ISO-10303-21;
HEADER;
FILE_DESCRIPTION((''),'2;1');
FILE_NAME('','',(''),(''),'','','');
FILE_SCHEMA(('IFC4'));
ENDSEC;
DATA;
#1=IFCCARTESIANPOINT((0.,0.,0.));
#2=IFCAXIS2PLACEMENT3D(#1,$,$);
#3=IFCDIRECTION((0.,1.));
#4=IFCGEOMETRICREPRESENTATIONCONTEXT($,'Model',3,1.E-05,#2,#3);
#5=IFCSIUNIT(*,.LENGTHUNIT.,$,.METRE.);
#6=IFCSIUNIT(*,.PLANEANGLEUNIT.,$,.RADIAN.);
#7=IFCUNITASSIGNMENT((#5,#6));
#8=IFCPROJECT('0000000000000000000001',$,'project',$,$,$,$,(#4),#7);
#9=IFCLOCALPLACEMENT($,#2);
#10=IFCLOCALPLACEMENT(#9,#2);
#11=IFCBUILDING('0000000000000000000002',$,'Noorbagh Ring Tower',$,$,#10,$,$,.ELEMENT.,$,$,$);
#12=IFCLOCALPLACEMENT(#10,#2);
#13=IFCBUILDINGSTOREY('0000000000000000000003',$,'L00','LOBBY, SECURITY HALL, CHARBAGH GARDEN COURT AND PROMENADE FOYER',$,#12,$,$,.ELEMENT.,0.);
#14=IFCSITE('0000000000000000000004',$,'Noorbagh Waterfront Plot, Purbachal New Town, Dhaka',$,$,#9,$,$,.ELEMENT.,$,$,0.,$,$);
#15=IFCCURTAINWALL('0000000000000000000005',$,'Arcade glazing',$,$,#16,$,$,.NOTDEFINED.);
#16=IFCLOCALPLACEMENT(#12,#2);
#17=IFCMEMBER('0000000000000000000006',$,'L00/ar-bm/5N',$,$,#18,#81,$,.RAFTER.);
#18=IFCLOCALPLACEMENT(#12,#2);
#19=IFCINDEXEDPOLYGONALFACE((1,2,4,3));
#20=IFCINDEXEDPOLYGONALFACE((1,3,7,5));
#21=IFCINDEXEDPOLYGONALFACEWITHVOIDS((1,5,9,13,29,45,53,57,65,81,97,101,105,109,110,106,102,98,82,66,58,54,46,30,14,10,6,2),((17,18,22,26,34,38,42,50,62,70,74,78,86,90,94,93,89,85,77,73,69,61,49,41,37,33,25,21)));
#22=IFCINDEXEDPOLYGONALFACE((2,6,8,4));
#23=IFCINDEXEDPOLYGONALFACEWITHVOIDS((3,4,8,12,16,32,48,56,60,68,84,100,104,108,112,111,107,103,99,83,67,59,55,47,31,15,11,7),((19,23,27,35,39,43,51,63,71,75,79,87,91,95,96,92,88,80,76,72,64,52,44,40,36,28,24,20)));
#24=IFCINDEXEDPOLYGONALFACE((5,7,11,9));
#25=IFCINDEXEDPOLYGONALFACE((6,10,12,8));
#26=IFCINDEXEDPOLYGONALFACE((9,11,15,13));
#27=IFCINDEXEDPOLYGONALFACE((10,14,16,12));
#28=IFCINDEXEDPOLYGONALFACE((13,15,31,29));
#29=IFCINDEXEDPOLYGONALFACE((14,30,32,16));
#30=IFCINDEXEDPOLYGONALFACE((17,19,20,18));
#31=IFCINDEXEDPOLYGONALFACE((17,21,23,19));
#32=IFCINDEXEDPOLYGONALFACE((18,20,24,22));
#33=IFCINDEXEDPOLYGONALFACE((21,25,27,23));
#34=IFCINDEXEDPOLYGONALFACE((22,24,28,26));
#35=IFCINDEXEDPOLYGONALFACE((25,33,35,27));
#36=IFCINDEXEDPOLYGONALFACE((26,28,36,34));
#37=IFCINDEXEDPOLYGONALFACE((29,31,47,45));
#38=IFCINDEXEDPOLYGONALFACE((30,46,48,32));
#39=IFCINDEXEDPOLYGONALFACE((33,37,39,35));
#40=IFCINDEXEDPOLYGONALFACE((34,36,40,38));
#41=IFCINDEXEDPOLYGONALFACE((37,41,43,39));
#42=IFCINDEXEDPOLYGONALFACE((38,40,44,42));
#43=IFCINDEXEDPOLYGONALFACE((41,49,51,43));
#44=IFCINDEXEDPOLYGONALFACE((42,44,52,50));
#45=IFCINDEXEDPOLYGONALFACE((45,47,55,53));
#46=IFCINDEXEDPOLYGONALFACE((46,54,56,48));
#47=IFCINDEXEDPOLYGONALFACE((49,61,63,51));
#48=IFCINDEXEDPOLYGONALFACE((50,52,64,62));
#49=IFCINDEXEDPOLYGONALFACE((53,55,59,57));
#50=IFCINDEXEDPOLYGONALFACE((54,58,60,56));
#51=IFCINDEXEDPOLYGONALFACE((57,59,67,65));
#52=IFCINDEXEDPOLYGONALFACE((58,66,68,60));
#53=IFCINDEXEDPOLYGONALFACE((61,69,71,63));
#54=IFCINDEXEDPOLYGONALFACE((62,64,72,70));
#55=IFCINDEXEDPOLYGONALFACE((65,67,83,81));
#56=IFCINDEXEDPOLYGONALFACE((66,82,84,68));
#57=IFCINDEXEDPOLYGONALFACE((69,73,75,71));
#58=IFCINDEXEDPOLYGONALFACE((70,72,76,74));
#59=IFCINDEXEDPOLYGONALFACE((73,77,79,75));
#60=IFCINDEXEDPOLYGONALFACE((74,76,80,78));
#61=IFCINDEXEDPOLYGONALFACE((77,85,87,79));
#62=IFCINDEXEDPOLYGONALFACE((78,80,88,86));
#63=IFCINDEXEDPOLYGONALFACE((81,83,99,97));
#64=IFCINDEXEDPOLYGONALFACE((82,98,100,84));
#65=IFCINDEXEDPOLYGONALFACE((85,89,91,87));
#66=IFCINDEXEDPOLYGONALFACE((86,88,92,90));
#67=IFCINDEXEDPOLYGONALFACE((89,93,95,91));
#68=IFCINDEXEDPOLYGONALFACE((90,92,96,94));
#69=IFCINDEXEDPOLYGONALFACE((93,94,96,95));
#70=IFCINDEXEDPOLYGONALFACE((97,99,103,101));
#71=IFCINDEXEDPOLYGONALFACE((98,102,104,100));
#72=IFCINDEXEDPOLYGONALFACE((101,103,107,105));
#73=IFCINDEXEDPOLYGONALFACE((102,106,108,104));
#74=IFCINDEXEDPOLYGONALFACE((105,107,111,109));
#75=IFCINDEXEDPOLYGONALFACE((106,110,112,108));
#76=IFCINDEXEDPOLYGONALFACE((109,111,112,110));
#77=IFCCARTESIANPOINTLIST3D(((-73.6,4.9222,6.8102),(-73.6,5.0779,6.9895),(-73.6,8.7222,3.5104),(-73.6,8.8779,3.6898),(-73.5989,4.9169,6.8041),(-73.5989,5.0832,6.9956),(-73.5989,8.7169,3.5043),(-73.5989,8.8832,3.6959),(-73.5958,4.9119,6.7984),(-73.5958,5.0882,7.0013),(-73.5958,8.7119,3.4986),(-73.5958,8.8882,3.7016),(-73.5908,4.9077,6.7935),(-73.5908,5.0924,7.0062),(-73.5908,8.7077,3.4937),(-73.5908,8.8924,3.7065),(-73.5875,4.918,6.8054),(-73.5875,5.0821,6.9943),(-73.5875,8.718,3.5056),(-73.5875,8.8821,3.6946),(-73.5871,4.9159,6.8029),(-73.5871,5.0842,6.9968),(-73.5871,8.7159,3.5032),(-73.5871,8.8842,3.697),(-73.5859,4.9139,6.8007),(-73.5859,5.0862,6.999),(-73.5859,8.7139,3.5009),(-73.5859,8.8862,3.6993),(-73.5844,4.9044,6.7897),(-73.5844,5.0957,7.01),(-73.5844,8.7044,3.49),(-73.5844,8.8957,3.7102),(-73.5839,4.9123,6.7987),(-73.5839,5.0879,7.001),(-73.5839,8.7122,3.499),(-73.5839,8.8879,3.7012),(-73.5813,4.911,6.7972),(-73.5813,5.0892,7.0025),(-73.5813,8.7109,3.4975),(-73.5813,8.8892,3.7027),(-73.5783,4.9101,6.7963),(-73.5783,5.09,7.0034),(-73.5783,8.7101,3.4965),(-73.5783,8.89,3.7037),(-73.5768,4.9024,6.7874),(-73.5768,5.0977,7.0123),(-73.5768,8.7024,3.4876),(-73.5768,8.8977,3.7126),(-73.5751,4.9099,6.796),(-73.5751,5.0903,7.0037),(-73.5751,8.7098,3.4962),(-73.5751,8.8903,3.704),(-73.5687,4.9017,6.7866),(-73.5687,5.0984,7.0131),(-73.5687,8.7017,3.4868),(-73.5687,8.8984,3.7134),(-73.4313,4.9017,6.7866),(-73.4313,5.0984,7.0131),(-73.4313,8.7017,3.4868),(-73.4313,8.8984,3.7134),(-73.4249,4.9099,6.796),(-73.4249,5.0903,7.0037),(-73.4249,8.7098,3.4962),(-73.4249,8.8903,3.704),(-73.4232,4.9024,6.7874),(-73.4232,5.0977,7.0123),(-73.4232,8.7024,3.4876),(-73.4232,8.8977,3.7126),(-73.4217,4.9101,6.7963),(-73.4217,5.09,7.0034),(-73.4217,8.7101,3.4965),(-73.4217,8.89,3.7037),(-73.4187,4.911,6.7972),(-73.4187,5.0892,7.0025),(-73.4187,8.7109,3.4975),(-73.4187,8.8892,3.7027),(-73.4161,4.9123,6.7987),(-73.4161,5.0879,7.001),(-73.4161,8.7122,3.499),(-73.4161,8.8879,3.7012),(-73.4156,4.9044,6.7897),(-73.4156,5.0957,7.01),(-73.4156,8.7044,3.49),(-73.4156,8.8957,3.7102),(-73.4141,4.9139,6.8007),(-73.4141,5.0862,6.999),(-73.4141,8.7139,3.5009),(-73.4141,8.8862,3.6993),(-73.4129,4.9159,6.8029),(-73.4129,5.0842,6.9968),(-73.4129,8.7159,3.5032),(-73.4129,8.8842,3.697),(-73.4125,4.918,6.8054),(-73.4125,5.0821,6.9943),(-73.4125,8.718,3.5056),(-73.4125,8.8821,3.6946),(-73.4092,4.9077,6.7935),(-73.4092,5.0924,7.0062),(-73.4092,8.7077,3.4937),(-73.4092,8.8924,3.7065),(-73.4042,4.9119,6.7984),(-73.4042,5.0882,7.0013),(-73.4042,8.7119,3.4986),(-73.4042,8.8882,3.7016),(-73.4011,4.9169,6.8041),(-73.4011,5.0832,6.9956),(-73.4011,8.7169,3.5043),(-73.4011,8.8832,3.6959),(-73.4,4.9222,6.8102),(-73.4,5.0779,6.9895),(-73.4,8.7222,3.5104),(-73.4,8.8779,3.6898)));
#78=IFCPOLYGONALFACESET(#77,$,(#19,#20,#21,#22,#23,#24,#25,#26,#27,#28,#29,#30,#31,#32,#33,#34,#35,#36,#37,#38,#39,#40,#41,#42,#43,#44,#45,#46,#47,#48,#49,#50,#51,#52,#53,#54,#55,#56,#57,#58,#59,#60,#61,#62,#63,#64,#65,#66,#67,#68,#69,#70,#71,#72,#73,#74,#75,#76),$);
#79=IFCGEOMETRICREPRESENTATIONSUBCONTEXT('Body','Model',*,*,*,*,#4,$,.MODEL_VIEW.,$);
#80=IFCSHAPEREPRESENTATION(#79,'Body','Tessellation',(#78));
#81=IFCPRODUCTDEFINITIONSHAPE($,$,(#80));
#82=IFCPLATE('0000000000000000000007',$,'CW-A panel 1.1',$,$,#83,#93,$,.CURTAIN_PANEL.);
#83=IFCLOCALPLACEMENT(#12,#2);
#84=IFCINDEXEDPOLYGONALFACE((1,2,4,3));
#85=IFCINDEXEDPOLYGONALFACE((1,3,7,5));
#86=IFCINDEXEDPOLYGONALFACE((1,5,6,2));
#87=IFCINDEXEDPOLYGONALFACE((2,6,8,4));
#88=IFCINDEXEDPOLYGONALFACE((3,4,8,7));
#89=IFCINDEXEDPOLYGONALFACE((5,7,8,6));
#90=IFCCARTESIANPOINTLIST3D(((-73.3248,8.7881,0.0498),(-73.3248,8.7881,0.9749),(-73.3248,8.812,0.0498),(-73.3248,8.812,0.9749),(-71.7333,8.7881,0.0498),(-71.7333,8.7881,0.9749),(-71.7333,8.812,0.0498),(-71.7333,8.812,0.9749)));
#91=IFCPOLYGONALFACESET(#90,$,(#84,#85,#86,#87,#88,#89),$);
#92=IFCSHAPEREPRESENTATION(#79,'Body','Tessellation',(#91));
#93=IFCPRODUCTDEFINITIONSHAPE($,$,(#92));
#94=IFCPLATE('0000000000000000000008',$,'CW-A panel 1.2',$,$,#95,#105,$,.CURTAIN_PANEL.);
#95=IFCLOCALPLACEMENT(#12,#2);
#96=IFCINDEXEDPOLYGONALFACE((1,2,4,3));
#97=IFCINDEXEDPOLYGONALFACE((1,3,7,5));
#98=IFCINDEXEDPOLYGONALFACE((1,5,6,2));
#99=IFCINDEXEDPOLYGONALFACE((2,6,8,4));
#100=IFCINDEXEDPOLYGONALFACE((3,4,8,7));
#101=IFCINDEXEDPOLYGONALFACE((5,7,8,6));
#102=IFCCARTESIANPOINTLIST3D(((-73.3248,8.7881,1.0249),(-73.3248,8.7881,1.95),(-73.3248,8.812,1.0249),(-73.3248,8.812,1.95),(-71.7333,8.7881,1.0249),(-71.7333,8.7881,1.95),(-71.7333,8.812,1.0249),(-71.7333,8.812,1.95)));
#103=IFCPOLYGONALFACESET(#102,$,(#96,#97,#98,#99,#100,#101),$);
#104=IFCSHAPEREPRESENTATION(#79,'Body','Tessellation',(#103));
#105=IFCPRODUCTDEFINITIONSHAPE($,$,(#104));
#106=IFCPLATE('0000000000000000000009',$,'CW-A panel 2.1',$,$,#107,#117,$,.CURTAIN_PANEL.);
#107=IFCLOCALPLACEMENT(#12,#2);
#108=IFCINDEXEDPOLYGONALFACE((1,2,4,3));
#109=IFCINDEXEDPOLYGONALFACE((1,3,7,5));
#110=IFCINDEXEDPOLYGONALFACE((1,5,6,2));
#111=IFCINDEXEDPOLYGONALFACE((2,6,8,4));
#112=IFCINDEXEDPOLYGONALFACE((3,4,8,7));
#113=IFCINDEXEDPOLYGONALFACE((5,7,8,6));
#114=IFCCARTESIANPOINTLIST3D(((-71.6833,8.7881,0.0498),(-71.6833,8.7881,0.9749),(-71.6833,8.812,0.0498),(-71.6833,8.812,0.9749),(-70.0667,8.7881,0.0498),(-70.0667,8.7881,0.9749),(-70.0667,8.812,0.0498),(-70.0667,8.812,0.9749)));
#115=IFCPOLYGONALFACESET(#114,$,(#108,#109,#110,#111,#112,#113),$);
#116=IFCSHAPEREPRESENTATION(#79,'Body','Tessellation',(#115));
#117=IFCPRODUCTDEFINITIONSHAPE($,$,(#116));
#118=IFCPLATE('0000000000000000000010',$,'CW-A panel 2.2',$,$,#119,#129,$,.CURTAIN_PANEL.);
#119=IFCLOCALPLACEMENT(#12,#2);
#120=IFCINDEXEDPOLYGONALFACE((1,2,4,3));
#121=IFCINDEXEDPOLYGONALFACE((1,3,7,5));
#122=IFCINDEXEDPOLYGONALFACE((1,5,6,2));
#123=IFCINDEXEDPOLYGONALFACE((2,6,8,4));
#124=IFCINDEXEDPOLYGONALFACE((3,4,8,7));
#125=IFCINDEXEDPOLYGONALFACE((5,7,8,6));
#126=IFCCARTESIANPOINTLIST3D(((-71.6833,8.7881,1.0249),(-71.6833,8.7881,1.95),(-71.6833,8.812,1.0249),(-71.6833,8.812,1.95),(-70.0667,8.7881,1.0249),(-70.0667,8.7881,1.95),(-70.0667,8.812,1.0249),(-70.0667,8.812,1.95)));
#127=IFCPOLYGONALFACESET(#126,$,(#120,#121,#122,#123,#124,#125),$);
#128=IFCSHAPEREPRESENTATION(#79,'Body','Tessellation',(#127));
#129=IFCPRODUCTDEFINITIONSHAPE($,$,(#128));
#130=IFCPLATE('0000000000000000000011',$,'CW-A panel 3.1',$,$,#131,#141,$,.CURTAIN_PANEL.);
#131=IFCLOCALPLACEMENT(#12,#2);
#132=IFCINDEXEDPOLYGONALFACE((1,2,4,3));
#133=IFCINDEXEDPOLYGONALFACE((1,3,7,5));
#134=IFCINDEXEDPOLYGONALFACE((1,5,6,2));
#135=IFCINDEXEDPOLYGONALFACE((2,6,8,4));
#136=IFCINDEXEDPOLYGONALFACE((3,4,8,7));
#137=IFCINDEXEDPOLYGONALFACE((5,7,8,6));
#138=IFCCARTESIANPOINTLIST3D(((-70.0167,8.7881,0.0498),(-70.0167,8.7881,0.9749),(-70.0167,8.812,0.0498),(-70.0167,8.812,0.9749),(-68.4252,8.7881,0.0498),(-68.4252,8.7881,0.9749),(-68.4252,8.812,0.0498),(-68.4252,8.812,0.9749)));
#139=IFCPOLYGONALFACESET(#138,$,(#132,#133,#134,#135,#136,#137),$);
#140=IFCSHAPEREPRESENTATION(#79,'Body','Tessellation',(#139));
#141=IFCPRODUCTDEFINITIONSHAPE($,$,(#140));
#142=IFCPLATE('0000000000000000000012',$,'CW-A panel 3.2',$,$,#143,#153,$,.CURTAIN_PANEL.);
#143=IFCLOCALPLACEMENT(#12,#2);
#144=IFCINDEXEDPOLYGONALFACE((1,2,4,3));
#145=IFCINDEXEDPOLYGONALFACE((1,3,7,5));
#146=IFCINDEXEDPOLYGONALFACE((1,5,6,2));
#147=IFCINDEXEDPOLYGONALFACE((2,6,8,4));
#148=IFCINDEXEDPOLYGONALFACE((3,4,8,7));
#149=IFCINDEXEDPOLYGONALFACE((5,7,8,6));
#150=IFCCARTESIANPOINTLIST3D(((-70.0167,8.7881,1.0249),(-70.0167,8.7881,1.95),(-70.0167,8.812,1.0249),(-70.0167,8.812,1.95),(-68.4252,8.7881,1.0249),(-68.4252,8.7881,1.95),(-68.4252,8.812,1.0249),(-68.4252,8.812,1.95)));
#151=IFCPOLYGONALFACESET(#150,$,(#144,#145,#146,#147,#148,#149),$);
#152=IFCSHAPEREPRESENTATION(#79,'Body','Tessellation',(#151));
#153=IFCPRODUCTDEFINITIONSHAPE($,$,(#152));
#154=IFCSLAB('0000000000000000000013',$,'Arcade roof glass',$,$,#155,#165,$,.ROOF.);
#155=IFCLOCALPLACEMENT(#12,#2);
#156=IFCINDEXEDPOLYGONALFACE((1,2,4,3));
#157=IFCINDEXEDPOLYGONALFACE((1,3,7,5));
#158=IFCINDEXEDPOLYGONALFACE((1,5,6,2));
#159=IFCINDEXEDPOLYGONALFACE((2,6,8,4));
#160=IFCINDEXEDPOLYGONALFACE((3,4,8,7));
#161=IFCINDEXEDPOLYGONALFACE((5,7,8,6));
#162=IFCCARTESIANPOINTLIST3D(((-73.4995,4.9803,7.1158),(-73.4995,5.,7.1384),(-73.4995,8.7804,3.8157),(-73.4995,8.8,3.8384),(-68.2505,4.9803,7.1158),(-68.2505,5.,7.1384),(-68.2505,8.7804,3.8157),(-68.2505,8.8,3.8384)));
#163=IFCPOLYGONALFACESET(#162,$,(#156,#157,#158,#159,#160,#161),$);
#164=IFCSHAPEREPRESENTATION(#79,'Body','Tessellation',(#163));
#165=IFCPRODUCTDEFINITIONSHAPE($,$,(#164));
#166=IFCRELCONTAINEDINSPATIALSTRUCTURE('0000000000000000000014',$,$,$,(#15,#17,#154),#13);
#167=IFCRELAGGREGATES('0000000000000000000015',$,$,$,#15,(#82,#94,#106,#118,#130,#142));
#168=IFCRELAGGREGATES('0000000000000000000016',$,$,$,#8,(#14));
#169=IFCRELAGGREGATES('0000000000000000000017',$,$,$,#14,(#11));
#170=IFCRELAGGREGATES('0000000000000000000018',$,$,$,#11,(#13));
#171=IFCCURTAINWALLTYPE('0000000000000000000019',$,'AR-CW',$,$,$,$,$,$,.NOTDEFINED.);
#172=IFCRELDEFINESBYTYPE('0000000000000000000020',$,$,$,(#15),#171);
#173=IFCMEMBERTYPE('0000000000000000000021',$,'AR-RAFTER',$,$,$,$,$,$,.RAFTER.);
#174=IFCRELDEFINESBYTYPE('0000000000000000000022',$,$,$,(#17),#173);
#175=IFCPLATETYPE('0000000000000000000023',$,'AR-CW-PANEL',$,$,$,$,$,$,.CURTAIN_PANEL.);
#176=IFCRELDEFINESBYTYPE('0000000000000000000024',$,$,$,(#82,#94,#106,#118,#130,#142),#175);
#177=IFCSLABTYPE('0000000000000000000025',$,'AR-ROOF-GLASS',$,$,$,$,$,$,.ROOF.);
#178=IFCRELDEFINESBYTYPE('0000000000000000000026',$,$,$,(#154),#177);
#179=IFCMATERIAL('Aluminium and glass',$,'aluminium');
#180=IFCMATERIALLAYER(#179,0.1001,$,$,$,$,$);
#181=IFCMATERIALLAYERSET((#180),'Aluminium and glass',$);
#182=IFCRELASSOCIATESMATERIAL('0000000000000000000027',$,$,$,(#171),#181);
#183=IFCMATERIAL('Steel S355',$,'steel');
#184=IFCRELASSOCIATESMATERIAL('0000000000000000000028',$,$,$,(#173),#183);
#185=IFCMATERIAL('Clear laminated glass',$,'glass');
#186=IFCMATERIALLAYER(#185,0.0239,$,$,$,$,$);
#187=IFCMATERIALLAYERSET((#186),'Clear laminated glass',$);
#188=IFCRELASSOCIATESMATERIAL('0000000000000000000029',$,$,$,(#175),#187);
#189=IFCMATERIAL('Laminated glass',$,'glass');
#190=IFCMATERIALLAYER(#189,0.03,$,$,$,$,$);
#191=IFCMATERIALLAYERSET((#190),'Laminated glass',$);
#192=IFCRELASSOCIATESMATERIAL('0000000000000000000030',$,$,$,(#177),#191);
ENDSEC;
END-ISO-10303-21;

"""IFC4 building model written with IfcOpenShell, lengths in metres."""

from ifc_helpers import new_model, si_unit, direction, frame, origin, origin_2d, place, context, subcontext, project, spatial, polyline, rectangle, hollow_rectangle, outline, extrude, material, layer, layer_set, material_profile, profile_set, type_object, element, aggregate, save


model = new_model("IFC4")

# Units and contexts
model_context = context("Model", 3, precision=1e-05, world=origin(), true_north=direction((0.0, 1.0)))
body_context = subcontext(model_context, "Body", "Model", "MODEL_VIEW")
ifc_project = project(units=[si_unit("LENGTHUNIT", "METRE"), si_unit("PLANEANGLEUNIT", "RADIAN")], contexts=[model_context])

# Site, building, storey
site_placement = place(None, origin())
site = spatial("IfcSite", under=ifc_project, at=site_placement, Name="Noorbagh Waterfront Plot, Purbachal New Town, Dhaka", CompositionType="ELEMENT", RefElevation=0.0)
building_placement = place(site_placement, origin())
building = spatial("IfcBuilding", under=site, at=building_placement, Name="Noorbagh Ring Tower", CompositionType="ELEMENT")
storey_placement = place(building_placement, origin())
storey = spatial("IfcBuildingStorey", under=building, at=storey_placement, Name="L00", Description="LOBBY, SECURITY HALL, CHARBAGH GARDEN COURT AND PROMENADE FOYER", CompositionType="ELEMENT", Elevation=0.0)

# Curtain wall
ifc_material_1 = material(Name="Aluminium and glass", Category="aluminium")
ifc_layer_1 = layer(ifc_material_1, 0.1001)
ifc_layer_set_1 = layer_set([ifc_layer_1], Name="Aluminium and glass")
curtain_wall_type = type_object("IfcCurtainWallType", Name="AR-CW", PredefinedType="NOTDEFINED", material=ifc_layer_set_1)
curtain_wall_placement = place(storey_placement, origin())
curtain_wall = element("IfcCurtainWall", 1, at=curtain_wall_placement, inside=storey, type_object=curtain_wall_type, Name="Arcade glazing", PredefinedType="NOTDEFINED")

# Member
ifc_material_2 = material(Name="Steel S355", Category="steel")
ifc_material_profile_1 = material_profile(ifc_material_2, hollow_rectangle(XDim=0.2, YDim=0.3, WallThickness=0.0125, InnerFilletRadius=0.0125, OuterFilletRadius=0.0312, at=origin_2d()), Name="RHS300x200x12.5")
ifc_profile_set_1 = profile_set([ifc_material_profile_1], Name="Steel S355")
member_type_1 = type_object("IfcMemberType", Name="AR-RAFTER", PredefinedType="RAFTER", material=ifc_profile_set_1)
member_1_placement = place(storey_placement, frame((-73.5, 8.8, 3.6001), z_axis=(0.0, -0.755057, 0.65566), x_axis=(1.0, 0.0, 0.0)))
element("IfcMember", 2, at=member_1_placement, inside=storey, type_object=member_type_1, Name="L00/ar-bm/5N", PredefinedType="RAFTER", context=body_context, shape_type="SweptSolid", body=[
    extrude(hollow_rectangle(XDim=0.2, YDim=0.3, WallThickness=0.0125, InnerFilletRadius=0.0125, OuterFilletRadius=0.0312, at=origin_2d()), origin(), (0.0, 0.0, 1.0), 5.0327),
])

# Plates
ifc_material_3 = material(Name="Clear laminated glass", Category="glass")
ifc_layer_2 = layer(ifc_material_3, 0.0239)
ifc_layer_set_2 = layer_set([ifc_layer_2], Name="Clear laminated glass")
plate_type = type_object("IfcPlateType", Name="AR-CW-PANEL", PredefinedType="CURTAIN_PANEL", material=ifc_layer_set_2)
plate_1_placement = place(storey_placement, frame((-72.5291, 8.8, 0.0498), z_axis=(0.0, 0.0, 1.0), x_axis=(1.0, 0.0, 0.0)))
plate_1 = element("IfcPlate", 3, at=plate_1_placement, type_object=plate_type, Name="CW-A panel 1.1", PredefinedType="CURTAIN_PANEL", context=body_context, shape_type="SweptSolid", body=[
    extrude(rectangle(XDim=1.5916, YDim=0.0239, at=origin_2d()), origin(), (0.0, 0.0, 1.0), 0.925),
])
plate_2_placement = place(storey_placement, frame((-72.5291, 8.8, 1.0249), z_axis=(0.0, 0.0, 1.0), x_axis=(1.0, 0.0, 0.0)))
plate_2 = element("IfcPlate", 4, at=plate_2_placement, type_object=plate_type, Name="CW-A panel 1.2", PredefinedType="CURTAIN_PANEL", context=body_context, shape_type="SweptSolid", body=[
    extrude(rectangle(XDim=1.5916, YDim=0.0239, at=origin_2d()), origin(), (0.0, 0.0, 1.0), 0.925),
])
plate_3_placement = place(storey_placement, frame((-70.875, 8.8, 0.0498), z_axis=(0.0, 0.0, 1.0), x_axis=(1.0, 0.0, 0.0)))
plate_3 = element("IfcPlate", 5, at=plate_3_placement, type_object=plate_type, Name="CW-A panel 2.1", PredefinedType="CURTAIN_PANEL", context=body_context, shape_type="SweptSolid", body=[
    extrude(rectangle(XDim=1.6167, YDim=0.0239, at=origin_2d()), origin(), (0.0, 0.0, 1.0), 0.925),
])
plate_4_placement = place(storey_placement, frame((-70.875, 8.8, 1.0249), z_axis=(0.0, 0.0, 1.0), x_axis=(1.0, 0.0, 0.0)))
plate_4 = element("IfcPlate", 6, at=plate_4_placement, type_object=plate_type, Name="CW-A panel 2.2", PredefinedType="CURTAIN_PANEL", context=body_context, shape_type="SweptSolid", body=[
    extrude(rectangle(XDim=1.6167, YDim=0.0239, at=origin_2d()), origin(), (0.0, 0.0, 1.0), 0.925),
])
plate_5_placement = place(storey_placement, frame((-69.2209, 8.8, 0.0498), z_axis=(0.0, 0.0, 1.0), x_axis=(1.0, 0.0, 0.0)))
plate_5 = element("IfcPlate", 7, at=plate_5_placement, type_object=plate_type, Name="CW-A panel 3.1", PredefinedType="CURTAIN_PANEL", context=body_context, shape_type="SweptSolid", body=[
    extrude(rectangle(XDim=1.5916, YDim=0.0239, at=origin_2d()), origin(), (0.0, 0.0, 1.0), 0.925),
])
plate_6_placement = place(storey_placement, frame((-69.2209, 8.8, 1.0249), z_axis=(0.0, 0.0, 1.0), x_axis=(1.0, 0.0, 0.0)))
plate_6 = element("IfcPlate", 8, at=plate_6_placement, type_object=plate_type, Name="CW-A panel 3.2", PredefinedType="CURTAIN_PANEL", context=body_context, shape_type="SweptSolid", body=[
    extrude(rectangle(XDim=1.5916, YDim=0.0239, at=origin_2d()), origin(), (0.0, 0.0, 1.0), 0.925),
])
aggregate(curtain_wall, [plate_1, plate_2, plate_3, plate_4, plate_5, plate_6])

# Slab
ifc_material_4 = material(Name="Laminated glass", Category="glass")
ifc_layer_3 = layer(ifc_material_4, 0.03)
ifc_layer_set_3 = layer_set([ifc_layer_3], Name="Laminated glass")
slab_type = type_object("IfcSlabType", Name="AR-ROOF-GLASS", PredefinedType="ROOF", material=ifc_layer_set_3)
slab_placement = place(storey_placement, frame((-73.4995, 8.8, 3.8384), z_axis=(0.0, 0.655687, 0.755032), x_axis=(1.0, 0.0, 0.0)))
element("IfcSlab", 9, at=slab_placement, inside=storey, type_object=slab_type, Name="Arcade roof glass", PredefinedType="ROOF", context=body_context, shape_type="SweptSolid", body=[
    extrude(outline(polyline([(0.0, 0.0), (5.249, 0.0), (5.249, -5.033), (0.0, -5.033), (0.0, 0.0)])), origin(), (0.0, 0.0, -1.0), 0.03),
])

save(model, "model.ifc")
